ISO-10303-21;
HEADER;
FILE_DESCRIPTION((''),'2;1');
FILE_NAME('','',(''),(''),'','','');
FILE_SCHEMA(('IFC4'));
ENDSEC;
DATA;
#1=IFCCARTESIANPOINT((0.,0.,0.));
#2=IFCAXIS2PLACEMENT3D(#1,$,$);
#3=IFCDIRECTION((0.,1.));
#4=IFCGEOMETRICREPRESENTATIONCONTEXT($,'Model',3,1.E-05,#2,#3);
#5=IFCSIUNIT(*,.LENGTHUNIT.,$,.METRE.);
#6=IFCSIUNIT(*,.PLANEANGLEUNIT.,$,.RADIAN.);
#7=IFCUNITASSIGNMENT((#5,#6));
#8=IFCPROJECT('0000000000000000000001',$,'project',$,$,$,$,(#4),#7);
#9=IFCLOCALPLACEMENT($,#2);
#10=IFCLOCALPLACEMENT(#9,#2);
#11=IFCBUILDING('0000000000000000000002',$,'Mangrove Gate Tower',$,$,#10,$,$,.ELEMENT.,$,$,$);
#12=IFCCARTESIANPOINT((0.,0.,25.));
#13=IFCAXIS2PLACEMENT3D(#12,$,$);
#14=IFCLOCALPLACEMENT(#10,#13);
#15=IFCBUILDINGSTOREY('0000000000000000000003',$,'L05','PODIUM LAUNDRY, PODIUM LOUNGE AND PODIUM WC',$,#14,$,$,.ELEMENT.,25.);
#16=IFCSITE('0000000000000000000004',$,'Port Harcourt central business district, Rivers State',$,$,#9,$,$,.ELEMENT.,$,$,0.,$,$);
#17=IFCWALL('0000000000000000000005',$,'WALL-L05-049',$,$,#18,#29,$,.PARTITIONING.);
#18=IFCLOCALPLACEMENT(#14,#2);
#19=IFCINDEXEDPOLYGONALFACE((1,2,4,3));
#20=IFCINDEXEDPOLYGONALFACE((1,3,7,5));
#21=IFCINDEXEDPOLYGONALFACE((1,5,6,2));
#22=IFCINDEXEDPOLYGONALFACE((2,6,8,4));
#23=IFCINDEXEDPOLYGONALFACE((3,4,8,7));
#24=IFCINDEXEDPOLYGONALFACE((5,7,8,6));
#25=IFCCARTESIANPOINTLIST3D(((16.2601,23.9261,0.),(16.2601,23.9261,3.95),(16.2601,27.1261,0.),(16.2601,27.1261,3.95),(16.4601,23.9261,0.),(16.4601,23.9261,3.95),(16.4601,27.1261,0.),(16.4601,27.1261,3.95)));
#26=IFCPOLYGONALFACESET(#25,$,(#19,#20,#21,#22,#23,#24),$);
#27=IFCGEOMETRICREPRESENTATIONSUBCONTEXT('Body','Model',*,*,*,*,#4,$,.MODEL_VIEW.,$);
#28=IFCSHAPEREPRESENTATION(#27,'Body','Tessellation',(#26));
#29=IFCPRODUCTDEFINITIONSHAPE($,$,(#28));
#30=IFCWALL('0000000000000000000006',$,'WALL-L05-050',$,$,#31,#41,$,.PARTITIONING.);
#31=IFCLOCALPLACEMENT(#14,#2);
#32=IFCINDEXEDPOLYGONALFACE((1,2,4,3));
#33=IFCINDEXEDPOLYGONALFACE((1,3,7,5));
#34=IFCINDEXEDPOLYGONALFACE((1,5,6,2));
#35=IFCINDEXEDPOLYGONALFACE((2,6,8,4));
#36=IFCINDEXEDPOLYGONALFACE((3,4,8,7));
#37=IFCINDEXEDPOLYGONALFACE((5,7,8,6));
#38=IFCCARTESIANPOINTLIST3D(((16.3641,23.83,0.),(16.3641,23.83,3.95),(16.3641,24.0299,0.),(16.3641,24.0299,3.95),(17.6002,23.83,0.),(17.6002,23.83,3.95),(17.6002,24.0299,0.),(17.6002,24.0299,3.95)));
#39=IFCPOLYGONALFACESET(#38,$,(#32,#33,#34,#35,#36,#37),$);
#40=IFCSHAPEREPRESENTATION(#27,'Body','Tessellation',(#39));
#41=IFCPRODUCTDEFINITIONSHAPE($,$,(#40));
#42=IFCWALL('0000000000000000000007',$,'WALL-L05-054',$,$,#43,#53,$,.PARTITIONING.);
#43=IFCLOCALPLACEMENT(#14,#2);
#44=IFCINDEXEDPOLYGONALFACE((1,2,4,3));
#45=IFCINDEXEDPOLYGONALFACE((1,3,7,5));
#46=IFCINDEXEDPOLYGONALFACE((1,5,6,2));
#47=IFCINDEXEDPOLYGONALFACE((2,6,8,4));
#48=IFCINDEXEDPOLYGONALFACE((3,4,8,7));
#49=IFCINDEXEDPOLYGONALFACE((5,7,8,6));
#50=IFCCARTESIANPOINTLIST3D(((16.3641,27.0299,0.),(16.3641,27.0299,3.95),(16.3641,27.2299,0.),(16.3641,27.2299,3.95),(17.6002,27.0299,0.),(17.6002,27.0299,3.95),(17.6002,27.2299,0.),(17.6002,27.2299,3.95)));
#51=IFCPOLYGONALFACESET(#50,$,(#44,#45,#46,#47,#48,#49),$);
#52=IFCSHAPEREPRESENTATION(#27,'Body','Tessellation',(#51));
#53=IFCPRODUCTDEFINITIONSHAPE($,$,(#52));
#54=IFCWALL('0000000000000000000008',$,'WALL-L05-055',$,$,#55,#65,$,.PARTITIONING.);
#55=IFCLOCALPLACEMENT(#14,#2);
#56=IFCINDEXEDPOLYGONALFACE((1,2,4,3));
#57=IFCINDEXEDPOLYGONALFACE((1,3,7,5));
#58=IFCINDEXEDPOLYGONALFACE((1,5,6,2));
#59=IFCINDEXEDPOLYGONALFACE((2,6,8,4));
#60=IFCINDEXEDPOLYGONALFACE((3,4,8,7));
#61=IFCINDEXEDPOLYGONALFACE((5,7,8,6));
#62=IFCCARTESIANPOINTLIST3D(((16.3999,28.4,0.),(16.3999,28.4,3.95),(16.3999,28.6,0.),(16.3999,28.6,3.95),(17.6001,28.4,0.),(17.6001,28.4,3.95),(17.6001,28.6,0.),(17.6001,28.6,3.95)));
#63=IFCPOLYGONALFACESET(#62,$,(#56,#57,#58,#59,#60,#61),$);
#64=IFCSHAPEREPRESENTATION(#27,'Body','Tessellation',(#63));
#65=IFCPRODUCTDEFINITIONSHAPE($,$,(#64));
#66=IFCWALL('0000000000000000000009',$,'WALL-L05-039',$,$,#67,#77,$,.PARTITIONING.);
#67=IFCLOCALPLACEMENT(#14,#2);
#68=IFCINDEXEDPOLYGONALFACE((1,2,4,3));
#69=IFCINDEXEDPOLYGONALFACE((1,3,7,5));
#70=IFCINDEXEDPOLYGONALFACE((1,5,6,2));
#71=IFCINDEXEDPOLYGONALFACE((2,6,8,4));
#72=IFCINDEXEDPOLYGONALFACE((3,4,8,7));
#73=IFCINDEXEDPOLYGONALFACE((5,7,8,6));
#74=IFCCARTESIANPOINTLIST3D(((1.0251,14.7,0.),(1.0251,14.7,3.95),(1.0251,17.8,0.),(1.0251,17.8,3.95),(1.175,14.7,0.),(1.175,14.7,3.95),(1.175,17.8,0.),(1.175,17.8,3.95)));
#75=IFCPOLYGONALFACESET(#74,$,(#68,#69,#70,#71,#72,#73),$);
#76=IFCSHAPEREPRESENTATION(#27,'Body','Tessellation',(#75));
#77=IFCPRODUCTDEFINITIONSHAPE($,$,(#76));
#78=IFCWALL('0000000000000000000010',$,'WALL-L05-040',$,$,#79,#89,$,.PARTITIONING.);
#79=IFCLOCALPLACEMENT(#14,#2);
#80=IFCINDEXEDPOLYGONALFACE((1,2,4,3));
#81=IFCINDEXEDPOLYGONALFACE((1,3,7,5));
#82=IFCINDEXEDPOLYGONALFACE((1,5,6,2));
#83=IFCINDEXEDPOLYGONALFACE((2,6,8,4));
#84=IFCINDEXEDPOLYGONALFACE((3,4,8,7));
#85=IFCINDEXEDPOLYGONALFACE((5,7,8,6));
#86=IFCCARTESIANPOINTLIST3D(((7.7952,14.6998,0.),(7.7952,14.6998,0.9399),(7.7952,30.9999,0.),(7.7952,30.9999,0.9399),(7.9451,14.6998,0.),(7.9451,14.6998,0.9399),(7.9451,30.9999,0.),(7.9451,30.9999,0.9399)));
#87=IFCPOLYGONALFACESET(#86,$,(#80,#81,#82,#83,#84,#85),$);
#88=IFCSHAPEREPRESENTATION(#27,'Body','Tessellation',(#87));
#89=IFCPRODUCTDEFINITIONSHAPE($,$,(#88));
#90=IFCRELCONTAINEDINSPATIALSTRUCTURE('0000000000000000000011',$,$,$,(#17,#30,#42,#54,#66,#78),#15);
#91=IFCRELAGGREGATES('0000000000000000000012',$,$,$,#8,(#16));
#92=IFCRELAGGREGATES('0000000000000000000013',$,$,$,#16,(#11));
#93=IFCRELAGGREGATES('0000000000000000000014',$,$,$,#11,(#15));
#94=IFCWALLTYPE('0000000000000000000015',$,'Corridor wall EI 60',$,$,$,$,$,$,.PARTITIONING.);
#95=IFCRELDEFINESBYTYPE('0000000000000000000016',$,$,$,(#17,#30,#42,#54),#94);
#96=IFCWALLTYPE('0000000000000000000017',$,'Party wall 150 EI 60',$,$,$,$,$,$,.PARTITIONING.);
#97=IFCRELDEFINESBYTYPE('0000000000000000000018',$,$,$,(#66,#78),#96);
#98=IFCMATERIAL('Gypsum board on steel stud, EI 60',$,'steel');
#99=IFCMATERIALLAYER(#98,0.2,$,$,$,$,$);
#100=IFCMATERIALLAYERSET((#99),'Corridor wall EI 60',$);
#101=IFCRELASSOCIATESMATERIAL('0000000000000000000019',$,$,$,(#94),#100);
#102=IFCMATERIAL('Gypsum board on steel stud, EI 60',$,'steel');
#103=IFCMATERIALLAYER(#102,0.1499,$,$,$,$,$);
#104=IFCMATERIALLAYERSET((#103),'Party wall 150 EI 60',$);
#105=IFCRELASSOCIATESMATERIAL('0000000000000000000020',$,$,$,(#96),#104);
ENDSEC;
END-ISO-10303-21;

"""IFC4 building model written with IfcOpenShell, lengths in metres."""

from ifc_helpers import new_model, si_unit, direction, frame, frame_2d, origin, place, context, subcontext, project, spatial, rectangle, extrude, material, layer, layer_set, type_object, element, save


model = new_model("IFC4")

# Units and contexts
model_context = context("Model", 3, precision=1e-05, world=origin(), true_north=direction((0.0, 1.0)))
body_context = subcontext(model_context, "Body", "Model", "MODEL_VIEW")
ifc_project = project(units=[si_unit("LENGTHUNIT", "METRE"), si_unit("PLANEANGLEUNIT", "RADIAN")], contexts=[model_context])

# Site, building, storey
site_placement = place(None, origin())
site = spatial("IfcSite", under=ifc_project, at=site_placement, Name="Port Harcourt central business district, Rivers State", CompositionType="ELEMENT", RefElevation=0.0)
building_placement = place(site_placement, origin())
building = spatial("IfcBuilding", under=site, at=building_placement, Name="Mangrove Gate Tower", CompositionType="ELEMENT")
storey_placement = place(building_placement, frame((0.0, 0.0, 25.0)))
storey = spatial("IfcBuildingStorey", under=building, at=storey_placement, Name="L05", Description="PODIUM LAUNDRY, PODIUM LOUNGE AND PODIUM WC", CompositionType="ELEMENT", Elevation=25.0)

# Walls
ifc_material_1 = material(Name="Gypsum board on steel stud, EI 60", Category="steel")
ifc_layer_1 = layer(ifc_material_1, 0.2)
ifc_layer_set_1 = layer_set([ifc_layer_1], Name="Corridor wall EI 60")
wall_type_1 = type_object("IfcWallType", Name="Corridor wall EI 60", PredefinedType="PARTITIONING", material=ifc_layer_set_1)
wall_1_placement = place(storey_placement, frame((16.3601, 23.926, 0.0), z_axis=(0.0, 0.0, 1.0), x_axis=(0.0, 1.0, 0.0)))
element("IfcWall", 1, at=wall_1_placement, inside=storey, type_object=wall_type_1, Name="WALL-L05-049", PredefinedType="PARTITIONING", context=body_context, shape_type="SweptSolid", body=[
    extrude(rectangle(XDim=3.2, YDim=0.2, at=frame_2d((1.6001, 0.0))), origin(), (0.0, 0.0, 1.0), 3.95),
])
for number, where, z_axis, x_axis, name in (
    (2, (16.364, 23.9299, 0.0), (0.0, 0.0, 1.0), (1.0, 0.0, 0.0), "WALL-L05-050"),
    (3, (16.364, 27.1299, 0.0), (0.0, 0.0, 1.0), (1.0, 0.0, 0.0), "WALL-L05-054"),
):
    element("IfcWall", number, at=place(storey_placement, frame(where, z_axis=z_axis, x_axis=x_axis)), inside=storey, type_object=wall_type_1, Name=name, PredefinedType="PARTITIONING", context=body_context, shape_type="SweptSolid", body=[
        extrude(rectangle(XDim=1.2361, YDim=0.2, at=frame_2d((0.6182, 0.0))), origin(), (0.0, 0.0, 1.0), 3.95),
    ])
wall_2_placement = place(storey_placement, frame((16.3999, 28.5, 0.0), z_axis=(0.0, 0.0, 1.0), x_axis=(1.0, 0.0, 0.0)))
element("IfcWall", 4, at=wall_2_placement, inside=storey, type_object=wall_type_1, Name="WALL-L05-055", PredefinedType="PARTITIONING", context=body_context, shape_type="SweptSolid", body=[
    extrude(rectangle(XDim=1.2002, YDim=0.2, at=frame_2d((0.6001, 0.0))), origin(), (0.0, 0.0, 1.0), 3.95),
])
ifc_material_2 = material(Name="Gypsum board on steel stud, EI 60", Category="steel")
ifc_layer_2 = layer(ifc_material_2, 0.1499)
ifc_layer_set_2 = layer_set([ifc_layer_2], Name="Party wall 150 EI 60")
wall_type_2 = type_object("IfcWallType", Name="Party wall 150 EI 60", PredefinedType="PARTITIONING", material=ifc_layer_set_2)
wall_3_placement = place(storey_placement, frame((1.1001, 14.7, 0.0), z_axis=(0.0, 0.0, 1.0), x_axis=(0.0, 1.0, 0.0)))
element("IfcWall", 5, at=wall_3_placement, inside=storey, type_object=wall_type_2, Name="WALL-L05-039", PredefinedType="PARTITIONING", context=body_context, shape_type="SweptSolid", body=[
    extrude(rectangle(XDim=3.1001, YDim=0.1499, at=frame_2d((1.55, 0.0))), origin(), (0.0, 0.0, 1.0), 3.95),
])
wall_4_placement = place(storey_placement, frame((7.8701, 14.7, 0.0), z_axis=(0.0, 0.0, 1.0), x_axis=(0.0, 1.0, 0.0)))
element("IfcWall", 6, at=wall_4_placement, inside=storey, type_object=wall_type_2, Name="WALL-L05-040", PredefinedType="PARTITIONING", context=body_context, shape_type="SweptSolid", body=[
    extrude(rectangle(XDim=16.3, YDim=0.1499, at=frame_2d((8.1499, 0.0))), origin(), (0.0, 0.0, 1.0), 0.9399),
])

save(model, "model.ifc")
